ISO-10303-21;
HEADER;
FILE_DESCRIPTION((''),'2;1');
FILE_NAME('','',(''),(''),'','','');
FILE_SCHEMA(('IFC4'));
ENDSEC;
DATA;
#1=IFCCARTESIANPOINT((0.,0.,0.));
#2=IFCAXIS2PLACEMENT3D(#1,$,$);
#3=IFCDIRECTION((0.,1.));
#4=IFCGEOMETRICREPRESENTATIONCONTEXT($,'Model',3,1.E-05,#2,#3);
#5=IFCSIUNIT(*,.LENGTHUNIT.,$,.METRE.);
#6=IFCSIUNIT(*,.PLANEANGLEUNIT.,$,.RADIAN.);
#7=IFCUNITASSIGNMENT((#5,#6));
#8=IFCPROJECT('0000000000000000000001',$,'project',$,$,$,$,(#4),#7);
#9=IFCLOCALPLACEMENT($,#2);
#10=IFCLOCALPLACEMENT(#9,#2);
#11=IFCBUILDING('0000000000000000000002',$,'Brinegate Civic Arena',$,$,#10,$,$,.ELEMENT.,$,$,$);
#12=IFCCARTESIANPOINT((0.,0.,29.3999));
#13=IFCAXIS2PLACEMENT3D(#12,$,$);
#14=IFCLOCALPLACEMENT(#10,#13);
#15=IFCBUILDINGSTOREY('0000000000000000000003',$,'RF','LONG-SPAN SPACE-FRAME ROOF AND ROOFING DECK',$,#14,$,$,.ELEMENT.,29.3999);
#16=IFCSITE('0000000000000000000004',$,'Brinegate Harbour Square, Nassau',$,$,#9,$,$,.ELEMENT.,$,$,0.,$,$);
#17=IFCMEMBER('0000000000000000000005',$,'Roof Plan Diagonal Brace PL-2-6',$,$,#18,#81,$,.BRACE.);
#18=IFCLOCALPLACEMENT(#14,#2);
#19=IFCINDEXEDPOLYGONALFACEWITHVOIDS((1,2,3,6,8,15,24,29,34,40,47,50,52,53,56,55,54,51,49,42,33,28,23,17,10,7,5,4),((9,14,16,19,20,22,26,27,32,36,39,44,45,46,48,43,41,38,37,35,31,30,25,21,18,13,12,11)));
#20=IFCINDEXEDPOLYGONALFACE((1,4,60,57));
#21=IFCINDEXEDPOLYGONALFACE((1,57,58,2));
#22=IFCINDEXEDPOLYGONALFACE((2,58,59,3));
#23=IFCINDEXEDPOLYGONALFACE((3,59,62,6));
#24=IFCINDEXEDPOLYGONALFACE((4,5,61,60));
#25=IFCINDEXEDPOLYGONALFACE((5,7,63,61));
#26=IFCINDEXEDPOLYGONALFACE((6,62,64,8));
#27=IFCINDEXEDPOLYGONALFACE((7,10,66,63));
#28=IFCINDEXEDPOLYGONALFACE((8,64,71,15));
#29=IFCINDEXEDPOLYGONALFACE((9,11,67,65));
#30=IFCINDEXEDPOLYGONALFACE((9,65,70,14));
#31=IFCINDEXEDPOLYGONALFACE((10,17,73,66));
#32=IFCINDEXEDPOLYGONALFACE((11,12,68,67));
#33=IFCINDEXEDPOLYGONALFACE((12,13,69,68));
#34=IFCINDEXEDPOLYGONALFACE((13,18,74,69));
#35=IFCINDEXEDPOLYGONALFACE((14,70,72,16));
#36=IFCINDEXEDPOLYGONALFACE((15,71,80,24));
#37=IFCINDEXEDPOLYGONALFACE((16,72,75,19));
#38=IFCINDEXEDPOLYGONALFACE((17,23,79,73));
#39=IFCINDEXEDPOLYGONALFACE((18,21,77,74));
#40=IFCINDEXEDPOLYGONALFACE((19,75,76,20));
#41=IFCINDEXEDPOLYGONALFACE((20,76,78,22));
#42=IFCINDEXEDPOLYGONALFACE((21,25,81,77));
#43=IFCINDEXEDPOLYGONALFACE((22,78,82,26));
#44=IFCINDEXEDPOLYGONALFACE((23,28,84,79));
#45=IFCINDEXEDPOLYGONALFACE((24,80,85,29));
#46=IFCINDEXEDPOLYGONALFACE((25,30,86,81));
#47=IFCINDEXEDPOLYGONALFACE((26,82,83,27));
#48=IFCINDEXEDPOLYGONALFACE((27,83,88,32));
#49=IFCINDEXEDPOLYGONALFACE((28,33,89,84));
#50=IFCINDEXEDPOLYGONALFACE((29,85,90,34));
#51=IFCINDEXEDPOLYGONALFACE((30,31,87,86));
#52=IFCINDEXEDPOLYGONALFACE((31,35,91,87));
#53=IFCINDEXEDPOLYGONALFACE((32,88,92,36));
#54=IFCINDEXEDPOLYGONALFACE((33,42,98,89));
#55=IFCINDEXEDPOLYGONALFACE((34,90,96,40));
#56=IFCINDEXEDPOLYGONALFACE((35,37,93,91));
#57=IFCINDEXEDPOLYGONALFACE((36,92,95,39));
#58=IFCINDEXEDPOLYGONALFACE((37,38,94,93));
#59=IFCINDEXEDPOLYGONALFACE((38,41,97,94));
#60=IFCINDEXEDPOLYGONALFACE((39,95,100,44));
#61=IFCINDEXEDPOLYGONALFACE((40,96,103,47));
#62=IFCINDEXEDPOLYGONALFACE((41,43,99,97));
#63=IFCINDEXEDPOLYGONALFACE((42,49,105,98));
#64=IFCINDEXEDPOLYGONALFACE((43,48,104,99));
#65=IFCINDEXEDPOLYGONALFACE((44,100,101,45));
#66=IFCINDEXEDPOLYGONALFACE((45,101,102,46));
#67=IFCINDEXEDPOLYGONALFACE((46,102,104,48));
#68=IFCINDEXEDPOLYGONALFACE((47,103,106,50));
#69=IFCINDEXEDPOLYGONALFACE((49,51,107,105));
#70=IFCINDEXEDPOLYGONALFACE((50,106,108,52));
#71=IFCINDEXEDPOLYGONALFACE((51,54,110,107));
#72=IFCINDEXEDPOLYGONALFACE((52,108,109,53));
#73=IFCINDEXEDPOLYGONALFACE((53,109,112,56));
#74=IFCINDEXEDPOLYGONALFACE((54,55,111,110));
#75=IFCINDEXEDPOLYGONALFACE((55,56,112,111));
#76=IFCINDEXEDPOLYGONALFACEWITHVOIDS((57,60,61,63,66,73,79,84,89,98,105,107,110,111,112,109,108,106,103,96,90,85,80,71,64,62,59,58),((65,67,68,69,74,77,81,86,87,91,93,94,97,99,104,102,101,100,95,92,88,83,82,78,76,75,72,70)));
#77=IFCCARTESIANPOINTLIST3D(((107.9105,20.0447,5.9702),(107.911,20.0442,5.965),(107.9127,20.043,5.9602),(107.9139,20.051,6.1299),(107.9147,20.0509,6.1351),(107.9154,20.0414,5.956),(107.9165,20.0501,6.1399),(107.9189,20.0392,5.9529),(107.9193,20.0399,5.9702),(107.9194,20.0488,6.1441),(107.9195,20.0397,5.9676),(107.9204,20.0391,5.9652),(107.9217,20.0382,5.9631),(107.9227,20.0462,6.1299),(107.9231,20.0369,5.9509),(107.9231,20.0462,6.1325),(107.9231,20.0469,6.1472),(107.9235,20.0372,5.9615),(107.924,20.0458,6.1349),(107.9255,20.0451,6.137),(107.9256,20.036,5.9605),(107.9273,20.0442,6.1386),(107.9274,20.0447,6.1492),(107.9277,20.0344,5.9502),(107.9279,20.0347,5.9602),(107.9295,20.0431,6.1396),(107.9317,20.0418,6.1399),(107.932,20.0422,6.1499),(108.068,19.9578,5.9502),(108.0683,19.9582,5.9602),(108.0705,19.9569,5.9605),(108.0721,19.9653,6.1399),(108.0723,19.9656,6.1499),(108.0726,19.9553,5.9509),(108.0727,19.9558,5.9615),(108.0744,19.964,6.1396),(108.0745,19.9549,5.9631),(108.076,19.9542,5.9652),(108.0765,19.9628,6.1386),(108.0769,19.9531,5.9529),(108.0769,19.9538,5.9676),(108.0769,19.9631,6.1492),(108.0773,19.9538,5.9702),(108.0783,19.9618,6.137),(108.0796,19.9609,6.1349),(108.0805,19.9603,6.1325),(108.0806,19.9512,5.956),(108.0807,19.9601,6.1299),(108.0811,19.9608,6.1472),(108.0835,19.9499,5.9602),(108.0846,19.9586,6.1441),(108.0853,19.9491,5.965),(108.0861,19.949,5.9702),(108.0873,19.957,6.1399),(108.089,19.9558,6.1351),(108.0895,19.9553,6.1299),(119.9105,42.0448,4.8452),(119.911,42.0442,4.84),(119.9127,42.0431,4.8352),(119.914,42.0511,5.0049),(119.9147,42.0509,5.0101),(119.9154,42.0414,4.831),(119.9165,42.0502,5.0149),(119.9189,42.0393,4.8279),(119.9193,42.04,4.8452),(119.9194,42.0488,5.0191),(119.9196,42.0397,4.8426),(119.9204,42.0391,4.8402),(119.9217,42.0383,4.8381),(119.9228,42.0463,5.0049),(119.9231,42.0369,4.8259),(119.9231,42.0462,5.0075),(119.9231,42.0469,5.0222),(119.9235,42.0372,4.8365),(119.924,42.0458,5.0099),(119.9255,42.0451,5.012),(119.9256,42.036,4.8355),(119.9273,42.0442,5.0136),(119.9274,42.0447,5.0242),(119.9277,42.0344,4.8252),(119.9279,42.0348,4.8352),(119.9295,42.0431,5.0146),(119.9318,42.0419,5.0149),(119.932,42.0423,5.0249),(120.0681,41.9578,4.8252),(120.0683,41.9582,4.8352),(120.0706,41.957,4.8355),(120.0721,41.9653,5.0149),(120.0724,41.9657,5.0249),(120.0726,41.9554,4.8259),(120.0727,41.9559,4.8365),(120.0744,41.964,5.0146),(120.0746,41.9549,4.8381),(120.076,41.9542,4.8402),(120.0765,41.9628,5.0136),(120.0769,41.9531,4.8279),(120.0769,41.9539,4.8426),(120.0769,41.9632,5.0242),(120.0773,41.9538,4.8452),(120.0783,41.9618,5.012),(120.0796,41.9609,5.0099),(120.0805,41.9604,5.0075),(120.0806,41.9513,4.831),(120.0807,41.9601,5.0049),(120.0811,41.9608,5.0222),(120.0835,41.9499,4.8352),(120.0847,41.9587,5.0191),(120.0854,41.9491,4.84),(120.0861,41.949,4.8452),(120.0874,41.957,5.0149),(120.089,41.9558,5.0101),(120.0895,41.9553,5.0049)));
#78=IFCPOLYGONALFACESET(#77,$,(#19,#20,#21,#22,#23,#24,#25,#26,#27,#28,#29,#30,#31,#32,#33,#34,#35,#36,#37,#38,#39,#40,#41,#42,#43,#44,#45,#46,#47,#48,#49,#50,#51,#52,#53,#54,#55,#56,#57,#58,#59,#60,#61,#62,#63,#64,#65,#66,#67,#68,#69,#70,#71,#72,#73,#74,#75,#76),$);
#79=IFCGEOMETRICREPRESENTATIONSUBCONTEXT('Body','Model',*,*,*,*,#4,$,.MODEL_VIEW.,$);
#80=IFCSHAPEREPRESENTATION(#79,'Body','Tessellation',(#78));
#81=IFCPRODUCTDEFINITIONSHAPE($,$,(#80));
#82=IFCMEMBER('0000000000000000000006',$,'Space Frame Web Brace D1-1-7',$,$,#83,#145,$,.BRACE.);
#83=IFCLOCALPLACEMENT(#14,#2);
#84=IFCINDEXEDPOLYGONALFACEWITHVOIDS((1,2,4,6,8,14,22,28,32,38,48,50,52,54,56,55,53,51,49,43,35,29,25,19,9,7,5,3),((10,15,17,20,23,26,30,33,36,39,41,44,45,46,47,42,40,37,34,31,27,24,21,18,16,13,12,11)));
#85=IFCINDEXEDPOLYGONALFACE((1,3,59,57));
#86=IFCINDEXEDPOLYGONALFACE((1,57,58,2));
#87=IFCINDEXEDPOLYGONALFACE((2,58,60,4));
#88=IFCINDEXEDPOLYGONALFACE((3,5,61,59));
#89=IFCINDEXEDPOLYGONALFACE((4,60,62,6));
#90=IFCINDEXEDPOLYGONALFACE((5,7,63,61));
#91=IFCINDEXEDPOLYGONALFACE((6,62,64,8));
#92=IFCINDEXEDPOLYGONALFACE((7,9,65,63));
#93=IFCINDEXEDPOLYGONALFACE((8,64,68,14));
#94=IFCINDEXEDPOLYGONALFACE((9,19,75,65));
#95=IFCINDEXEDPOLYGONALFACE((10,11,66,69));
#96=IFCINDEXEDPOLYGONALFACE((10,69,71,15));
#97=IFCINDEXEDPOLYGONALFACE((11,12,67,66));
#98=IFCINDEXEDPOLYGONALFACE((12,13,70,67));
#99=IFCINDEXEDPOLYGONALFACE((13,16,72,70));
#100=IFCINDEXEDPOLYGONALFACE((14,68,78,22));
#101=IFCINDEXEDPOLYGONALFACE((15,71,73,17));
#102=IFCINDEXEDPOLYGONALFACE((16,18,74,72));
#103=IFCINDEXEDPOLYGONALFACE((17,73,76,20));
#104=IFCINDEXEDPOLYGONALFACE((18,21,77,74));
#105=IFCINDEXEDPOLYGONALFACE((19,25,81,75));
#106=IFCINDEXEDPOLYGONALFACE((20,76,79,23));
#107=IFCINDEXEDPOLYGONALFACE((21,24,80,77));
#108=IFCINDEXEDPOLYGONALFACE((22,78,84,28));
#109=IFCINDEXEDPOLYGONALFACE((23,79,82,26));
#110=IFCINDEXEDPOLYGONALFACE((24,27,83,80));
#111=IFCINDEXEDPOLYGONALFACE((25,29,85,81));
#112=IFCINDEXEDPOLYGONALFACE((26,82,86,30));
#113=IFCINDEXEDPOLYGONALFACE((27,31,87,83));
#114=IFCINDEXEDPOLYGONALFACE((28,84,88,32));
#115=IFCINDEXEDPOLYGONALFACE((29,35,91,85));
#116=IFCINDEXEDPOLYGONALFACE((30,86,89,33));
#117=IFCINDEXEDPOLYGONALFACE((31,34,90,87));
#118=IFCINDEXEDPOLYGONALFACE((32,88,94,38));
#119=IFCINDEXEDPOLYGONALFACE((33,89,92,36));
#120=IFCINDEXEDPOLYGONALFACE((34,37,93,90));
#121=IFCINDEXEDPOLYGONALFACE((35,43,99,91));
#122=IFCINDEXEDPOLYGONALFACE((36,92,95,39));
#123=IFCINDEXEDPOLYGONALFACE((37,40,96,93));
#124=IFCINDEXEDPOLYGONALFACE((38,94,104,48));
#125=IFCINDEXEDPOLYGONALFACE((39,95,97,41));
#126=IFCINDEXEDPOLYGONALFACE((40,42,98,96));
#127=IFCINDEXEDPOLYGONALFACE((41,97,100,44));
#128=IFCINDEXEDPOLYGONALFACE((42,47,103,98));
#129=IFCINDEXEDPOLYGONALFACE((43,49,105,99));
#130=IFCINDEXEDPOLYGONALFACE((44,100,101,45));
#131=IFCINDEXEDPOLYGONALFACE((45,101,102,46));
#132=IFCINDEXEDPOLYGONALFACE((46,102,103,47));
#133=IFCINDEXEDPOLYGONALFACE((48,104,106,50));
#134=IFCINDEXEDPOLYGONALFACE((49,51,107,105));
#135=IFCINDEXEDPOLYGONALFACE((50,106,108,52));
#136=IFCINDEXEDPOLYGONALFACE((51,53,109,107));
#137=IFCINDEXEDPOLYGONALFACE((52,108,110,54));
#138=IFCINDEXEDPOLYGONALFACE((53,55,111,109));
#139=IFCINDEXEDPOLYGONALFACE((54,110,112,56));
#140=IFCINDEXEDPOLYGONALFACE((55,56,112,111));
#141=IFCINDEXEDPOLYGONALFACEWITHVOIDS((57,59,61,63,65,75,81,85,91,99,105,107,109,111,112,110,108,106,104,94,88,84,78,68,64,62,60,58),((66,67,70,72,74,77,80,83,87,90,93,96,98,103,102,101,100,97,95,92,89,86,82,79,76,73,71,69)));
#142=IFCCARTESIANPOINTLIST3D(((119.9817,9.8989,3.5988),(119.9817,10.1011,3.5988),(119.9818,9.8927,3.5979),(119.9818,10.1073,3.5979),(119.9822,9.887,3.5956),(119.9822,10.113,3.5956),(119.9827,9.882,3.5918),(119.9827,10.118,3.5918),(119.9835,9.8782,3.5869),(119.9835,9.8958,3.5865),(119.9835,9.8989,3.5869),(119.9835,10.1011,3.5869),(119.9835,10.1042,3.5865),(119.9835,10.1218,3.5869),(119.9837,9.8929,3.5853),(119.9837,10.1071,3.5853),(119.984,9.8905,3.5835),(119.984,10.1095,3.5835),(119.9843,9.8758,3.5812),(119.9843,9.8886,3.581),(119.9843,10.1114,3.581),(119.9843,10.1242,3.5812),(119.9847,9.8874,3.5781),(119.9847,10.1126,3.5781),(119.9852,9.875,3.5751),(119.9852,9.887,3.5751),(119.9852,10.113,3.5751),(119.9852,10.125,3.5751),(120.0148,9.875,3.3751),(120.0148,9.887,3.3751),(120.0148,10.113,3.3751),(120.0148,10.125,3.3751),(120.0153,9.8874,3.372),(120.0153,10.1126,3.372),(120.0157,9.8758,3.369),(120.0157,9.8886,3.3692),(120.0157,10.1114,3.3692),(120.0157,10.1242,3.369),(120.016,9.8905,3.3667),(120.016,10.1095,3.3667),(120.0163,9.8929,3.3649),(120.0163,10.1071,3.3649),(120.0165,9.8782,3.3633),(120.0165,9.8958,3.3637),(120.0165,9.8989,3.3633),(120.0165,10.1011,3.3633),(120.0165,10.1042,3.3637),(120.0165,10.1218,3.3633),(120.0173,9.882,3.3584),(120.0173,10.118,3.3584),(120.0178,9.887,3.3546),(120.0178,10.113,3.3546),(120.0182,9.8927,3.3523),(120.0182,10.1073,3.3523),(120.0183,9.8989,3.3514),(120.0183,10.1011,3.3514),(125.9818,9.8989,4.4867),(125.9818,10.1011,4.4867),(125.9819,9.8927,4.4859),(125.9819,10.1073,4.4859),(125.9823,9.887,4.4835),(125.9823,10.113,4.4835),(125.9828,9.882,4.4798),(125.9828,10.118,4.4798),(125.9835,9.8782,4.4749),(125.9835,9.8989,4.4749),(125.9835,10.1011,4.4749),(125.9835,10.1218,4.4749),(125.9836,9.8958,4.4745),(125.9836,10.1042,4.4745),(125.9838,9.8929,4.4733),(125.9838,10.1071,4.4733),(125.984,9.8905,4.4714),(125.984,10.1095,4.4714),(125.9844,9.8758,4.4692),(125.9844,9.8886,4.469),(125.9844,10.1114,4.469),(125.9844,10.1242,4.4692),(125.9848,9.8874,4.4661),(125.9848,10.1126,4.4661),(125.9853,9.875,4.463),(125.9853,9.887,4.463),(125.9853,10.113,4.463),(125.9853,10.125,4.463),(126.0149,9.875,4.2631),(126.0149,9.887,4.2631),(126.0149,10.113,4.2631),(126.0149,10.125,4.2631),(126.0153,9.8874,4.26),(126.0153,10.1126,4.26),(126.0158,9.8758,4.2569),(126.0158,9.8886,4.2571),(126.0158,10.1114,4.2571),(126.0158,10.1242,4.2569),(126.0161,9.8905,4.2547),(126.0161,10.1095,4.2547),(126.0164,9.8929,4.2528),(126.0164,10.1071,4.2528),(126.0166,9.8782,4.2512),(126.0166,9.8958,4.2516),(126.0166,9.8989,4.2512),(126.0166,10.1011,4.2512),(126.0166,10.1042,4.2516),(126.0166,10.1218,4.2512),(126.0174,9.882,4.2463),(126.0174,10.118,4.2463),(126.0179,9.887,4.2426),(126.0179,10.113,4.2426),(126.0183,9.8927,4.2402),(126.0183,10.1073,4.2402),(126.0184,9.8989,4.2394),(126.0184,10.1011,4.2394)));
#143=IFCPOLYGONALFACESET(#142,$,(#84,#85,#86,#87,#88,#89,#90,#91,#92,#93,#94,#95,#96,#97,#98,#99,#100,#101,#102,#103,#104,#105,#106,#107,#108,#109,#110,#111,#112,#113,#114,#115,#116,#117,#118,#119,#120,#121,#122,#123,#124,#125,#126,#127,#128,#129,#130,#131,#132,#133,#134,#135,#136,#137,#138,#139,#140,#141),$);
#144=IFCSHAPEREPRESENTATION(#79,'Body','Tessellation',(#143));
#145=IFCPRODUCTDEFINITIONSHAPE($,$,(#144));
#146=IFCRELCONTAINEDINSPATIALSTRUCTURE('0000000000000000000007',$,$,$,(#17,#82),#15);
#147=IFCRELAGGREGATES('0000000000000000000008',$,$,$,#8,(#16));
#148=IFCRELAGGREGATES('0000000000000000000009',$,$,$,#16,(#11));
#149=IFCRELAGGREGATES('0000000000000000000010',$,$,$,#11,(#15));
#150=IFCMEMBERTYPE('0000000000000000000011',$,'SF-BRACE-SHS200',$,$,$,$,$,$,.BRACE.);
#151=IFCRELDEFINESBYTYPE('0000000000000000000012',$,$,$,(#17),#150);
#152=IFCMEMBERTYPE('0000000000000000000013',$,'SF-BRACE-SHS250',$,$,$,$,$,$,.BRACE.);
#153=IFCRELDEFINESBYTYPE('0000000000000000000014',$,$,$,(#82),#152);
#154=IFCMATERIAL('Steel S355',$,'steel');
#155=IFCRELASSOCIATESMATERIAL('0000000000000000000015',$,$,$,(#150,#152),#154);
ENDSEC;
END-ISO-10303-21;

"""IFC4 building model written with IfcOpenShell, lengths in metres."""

from ifc_helpers import new_model, si_unit, direction, frame, origin, origin_2d, place, context, subcontext, project, spatial, hollow_rectangle, extrude, material, material_profile, profile_set, type_object, element, save


model = new_model("IFC4")

# Units and contexts
model_context = context("Model", 3, precision=1e-05, world=origin(), true_north=direction((0.0, 1.0)))
body_context = subcontext(model_context, "Body", "Model", "MODEL_VIEW")
ifc_project = project(units=[si_unit("LENGTHUNIT", "METRE"), si_unit("PLANEANGLEUNIT", "RADIAN")], contexts=[model_context])

# Site, building, storey
site_placement = place(None, origin())
site = spatial("IfcSite", under=ifc_project, at=site_placement, Name="Brinegate Harbour Square, Nassau", CompositionType="ELEMENT", RefElevation=0.0)
building_placement = place(site_placement, origin())
building = spatial("IfcBuilding", under=site, at=building_placement, Name="Brinegate Civic Arena", CompositionType="ELEMENT")
storey_placement = place(building_placement, frame((0.0, 0.0, 29.3999)))
storey = spatial("IfcBuildingStorey", under=building, at=storey_placement, Name="RF", Description="LONG-SPAN SPACE-FRAME ROOF AND ROOFING DECK", CompositionType="ELEMENT", Elevation=29.3999)

# Shared definitions
ifc_material_1 = material(Name="Steel S355", Category="steel")

# Members
ifc_material_profile_1 = material_profile(ifc_material_1, hollow_rectangle(XDim=0.2, YDim=0.2, WallThickness=0.01, InnerFilletRadius=0.01, OuterFilletRadius=0.02, at=origin_2d()), Name="SHS200X10")
ifc_profile_set_1 = profile_set([ifc_material_profile_1], Name="Steel S355")
member_type_1 = type_object("IfcMemberType", Name="SF-BRACE-SHS200", PredefinedType="BRACE", material=ifc_profile_set_1)
member_1_placement = place(storey_placement, frame((108.0, 20.0, 6.05), z_axis=(0.47837, 0.877012, -0.044847), x_axis=(-0.877896, 0.478852, 0.0)))
element("IfcMember", 1, at=member_1_placement, inside=storey, type_object=member_type_1, Name="Roof Plan Diagonal Brace PL-2-6", PredefinedType="BRACE", context=body_context, shape_type="SweptSolid", body=[
    extrude(hollow_rectangle(XDim=0.2, YDim=0.2, WallThickness=0.01, InnerFilletRadius=0.01, OuterFilletRadius=0.02, at=origin_2d()), origin(), (0.0, 0.0, 1.0), 25.0852),
])
ifc_material_profile_2 = material_profile(ifc_material_1, hollow_rectangle(XDim=0.25, YDim=0.25, WallThickness=0.012, InnerFilletRadius=0.012, OuterFilletRadius=0.0239, at=origin_2d()), Name="SHS250X12")
ifc_profile_set_2 = profile_set([ifc_material_profile_2], Name="Steel S355")
member_type_2 = type_object("IfcMemberType", Name="SF-BRACE-SHS250", PredefinedType="BRACE", material=ifc_profile_set_2)
member_2_placement = place(storey_placement, frame((120.0, 10.0, 3.4751), z_axis=(0.989226, 0.0, 0.146395), x_axis=(0.0, 1.0, 0.0)))
element("IfcMember", 2, at=member_2_placement, inside=storey, type_object=member_type_2, Name="Space Frame Web Brace D1-1-7", PredefinedType="BRACE", context=body_context, shape_type="SweptSolid", body=[
    extrude(hollow_rectangle(XDim=0.25, YDim=0.25, WallThickness=0.012, InnerFilletRadius=0.012, OuterFilletRadius=0.0239, at=origin_2d()), origin(), (0.0, 0.0, 1.0), 6.0654),
])

save(model, "model.ifc")
